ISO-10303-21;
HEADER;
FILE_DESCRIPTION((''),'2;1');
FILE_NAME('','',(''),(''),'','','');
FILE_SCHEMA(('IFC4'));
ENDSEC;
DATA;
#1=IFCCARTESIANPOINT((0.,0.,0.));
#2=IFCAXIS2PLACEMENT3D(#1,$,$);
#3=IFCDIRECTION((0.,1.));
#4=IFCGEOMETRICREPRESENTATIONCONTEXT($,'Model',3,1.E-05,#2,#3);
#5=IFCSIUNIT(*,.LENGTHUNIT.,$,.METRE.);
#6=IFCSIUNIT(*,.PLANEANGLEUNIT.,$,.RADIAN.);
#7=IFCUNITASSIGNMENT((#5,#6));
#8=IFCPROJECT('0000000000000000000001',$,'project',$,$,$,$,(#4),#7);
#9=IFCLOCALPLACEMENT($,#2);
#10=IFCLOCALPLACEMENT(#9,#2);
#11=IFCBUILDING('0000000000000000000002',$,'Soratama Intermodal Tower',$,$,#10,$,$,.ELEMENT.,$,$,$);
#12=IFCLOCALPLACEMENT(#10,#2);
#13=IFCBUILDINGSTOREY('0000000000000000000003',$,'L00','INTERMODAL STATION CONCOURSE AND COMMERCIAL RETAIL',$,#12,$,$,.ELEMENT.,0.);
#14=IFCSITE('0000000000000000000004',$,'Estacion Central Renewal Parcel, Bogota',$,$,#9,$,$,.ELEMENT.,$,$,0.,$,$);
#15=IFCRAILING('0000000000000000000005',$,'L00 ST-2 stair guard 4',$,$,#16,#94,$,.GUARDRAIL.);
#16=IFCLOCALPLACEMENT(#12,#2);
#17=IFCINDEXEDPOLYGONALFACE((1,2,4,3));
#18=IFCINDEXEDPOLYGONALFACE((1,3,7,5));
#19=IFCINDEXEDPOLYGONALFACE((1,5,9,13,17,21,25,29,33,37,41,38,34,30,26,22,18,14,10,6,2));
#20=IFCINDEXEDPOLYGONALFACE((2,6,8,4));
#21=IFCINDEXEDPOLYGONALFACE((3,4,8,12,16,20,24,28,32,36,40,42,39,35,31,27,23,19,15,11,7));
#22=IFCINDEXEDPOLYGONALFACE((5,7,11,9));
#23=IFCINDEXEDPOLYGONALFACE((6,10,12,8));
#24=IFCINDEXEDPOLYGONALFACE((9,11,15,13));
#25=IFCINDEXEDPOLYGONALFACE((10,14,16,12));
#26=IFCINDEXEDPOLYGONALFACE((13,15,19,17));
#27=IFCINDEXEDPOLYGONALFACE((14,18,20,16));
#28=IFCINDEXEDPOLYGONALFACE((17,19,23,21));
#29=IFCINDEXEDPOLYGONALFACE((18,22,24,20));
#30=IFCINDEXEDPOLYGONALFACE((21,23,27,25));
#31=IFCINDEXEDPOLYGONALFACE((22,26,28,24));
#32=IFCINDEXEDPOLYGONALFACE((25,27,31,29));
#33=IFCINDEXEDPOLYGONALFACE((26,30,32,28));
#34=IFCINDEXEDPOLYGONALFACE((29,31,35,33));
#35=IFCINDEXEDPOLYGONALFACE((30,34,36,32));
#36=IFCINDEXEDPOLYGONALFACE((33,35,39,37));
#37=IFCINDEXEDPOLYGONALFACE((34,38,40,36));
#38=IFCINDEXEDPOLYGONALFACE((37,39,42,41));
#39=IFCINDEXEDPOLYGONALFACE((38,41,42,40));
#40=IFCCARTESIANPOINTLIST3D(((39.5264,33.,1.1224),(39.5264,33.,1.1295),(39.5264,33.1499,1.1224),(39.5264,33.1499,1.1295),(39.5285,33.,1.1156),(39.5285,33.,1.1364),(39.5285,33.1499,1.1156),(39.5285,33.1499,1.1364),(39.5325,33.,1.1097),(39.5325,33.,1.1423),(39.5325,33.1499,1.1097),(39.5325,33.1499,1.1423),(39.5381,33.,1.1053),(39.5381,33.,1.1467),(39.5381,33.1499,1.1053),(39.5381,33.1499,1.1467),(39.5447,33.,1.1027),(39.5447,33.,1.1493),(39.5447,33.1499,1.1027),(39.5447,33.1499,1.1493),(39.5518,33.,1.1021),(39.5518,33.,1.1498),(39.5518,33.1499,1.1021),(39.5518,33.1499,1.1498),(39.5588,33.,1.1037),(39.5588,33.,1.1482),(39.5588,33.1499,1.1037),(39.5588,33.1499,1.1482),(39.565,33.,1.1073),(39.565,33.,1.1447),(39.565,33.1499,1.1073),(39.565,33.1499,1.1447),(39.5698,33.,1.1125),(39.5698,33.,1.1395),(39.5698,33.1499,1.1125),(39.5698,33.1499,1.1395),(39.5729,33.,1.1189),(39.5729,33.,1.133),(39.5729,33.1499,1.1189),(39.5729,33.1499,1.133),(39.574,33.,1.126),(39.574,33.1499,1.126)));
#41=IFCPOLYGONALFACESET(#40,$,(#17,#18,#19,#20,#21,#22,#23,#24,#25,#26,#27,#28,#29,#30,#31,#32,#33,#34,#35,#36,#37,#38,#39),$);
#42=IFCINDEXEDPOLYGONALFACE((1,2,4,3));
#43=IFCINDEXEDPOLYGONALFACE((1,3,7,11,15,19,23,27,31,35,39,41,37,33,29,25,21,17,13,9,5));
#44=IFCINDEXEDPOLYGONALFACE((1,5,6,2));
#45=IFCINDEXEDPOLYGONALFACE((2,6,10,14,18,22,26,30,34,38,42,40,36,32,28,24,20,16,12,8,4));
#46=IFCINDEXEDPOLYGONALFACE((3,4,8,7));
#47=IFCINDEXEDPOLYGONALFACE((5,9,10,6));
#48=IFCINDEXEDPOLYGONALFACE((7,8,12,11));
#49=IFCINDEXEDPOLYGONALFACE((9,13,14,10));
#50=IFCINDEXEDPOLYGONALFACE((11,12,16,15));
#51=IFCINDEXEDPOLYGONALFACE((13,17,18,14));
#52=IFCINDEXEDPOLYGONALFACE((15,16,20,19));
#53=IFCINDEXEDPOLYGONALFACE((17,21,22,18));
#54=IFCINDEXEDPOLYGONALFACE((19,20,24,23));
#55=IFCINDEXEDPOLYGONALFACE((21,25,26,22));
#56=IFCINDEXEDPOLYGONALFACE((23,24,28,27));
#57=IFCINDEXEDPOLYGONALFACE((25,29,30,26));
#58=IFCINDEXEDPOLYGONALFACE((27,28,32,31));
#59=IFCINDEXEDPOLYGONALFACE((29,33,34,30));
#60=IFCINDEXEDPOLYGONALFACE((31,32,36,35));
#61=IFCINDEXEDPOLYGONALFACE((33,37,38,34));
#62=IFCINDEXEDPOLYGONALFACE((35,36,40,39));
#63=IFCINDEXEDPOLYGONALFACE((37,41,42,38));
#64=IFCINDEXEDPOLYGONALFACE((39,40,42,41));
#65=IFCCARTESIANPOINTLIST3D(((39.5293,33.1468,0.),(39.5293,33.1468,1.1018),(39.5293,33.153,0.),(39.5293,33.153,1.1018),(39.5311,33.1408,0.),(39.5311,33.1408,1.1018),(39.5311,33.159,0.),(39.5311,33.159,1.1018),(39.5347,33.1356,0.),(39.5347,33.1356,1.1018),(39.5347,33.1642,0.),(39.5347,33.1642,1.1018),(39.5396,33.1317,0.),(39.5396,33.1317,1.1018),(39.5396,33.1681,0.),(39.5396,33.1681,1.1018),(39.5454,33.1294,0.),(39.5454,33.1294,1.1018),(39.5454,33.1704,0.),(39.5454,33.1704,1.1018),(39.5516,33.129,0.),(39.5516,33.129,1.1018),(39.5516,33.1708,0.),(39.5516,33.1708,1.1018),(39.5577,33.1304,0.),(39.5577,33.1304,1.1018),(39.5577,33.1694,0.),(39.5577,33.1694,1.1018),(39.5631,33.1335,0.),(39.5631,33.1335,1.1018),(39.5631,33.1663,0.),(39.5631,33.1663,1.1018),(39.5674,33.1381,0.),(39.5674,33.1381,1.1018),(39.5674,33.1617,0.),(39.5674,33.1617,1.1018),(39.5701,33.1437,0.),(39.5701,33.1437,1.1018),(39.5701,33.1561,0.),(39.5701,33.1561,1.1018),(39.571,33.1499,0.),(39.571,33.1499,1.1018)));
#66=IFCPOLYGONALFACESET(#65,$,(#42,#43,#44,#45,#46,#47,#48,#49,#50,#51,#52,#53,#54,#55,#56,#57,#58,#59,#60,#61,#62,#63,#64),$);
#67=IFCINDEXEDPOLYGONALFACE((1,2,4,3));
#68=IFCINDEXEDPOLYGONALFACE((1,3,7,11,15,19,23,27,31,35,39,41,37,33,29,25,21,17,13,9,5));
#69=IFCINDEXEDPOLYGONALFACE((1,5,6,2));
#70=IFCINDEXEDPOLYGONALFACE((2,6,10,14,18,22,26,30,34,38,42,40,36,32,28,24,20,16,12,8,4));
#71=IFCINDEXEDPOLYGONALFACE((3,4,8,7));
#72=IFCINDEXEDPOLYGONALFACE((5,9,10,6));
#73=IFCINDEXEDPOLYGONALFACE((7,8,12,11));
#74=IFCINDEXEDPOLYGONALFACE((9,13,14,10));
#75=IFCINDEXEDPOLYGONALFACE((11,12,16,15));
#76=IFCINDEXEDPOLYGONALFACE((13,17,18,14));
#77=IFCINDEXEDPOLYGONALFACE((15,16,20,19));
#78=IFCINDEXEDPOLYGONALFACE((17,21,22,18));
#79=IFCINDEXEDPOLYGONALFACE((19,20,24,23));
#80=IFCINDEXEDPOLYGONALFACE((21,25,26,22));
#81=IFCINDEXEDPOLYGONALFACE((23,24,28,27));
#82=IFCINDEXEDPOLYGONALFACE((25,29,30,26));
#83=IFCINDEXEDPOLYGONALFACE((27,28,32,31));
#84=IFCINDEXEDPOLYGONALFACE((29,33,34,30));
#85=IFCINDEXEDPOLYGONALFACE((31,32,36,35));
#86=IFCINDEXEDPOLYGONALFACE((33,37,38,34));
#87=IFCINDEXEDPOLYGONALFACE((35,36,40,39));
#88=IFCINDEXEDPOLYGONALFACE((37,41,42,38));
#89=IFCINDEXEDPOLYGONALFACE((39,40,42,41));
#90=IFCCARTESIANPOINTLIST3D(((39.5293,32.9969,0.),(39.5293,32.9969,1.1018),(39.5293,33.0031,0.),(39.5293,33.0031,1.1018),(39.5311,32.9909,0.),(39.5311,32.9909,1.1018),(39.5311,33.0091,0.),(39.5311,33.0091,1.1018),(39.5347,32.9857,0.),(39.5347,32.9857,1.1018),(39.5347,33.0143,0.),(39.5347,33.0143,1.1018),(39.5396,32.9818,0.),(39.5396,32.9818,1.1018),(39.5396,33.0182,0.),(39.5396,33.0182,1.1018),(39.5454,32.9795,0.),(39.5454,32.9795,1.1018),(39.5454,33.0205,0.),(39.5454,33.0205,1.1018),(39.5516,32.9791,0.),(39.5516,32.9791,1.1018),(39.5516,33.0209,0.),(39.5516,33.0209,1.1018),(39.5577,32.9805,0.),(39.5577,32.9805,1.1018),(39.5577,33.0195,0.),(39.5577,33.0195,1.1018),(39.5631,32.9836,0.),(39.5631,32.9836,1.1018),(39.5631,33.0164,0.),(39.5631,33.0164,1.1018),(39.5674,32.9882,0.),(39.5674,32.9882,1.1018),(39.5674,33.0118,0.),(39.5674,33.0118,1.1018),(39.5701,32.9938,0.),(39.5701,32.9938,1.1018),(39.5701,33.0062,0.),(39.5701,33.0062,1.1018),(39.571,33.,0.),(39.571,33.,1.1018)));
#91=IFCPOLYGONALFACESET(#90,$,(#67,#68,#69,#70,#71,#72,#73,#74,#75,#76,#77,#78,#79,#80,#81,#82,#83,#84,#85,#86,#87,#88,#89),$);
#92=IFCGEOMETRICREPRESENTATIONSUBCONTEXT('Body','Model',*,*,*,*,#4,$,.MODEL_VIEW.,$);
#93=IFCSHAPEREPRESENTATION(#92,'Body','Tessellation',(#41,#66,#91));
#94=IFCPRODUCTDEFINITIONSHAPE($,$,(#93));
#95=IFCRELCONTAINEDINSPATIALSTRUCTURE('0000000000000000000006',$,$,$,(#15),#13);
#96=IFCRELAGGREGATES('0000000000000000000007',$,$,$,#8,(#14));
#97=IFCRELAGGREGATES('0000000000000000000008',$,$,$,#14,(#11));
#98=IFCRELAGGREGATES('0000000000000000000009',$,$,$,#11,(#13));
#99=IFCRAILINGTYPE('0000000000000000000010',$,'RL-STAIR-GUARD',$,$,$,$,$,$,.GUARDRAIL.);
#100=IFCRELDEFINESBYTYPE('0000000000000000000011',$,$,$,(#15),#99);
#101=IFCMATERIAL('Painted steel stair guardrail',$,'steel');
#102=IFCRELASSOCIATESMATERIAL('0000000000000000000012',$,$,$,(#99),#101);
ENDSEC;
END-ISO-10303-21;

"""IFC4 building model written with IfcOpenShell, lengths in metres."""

from ifc_helpers import new_model, si_unit, direction, frame, origin, origin_2d, place, context, subcontext, project, spatial, circle, extrude, material, type_object, element, save


model = new_model("IFC4")

# Units and contexts
model_context = context("Model", 3, precision=1e-05, world=origin(), true_north=direction((0.0, 1.0)))
body_context = subcontext(model_context, "Body", "Model", "MODEL_VIEW")
ifc_project = project(units=[si_unit("LENGTHUNIT", "METRE"), si_unit("PLANEANGLEUNIT", "RADIAN")], contexts=[model_context])

# Site, building, storey
site_placement = place(None, origin())
site = spatial("IfcSite", under=ifc_project, at=site_placement, Name="Estacion Central Renewal Parcel, Bogota", CompositionType="ELEMENT", RefElevation=0.0)
building_placement = place(site_placement, origin())
building = spatial("IfcBuilding", under=site, at=building_placement, Name="Soratama Intermodal Tower", CompositionType="ELEMENT")
storey_placement = place(building_placement, origin())
storey = spatial("IfcBuildingStorey", under=building, at=storey_placement, Name="L00", Description="INTERMODAL STATION CONCOURSE AND COMMERCIAL RETAIL", CompositionType="ELEMENT", Elevation=0.0)

# Railing
ifc_material_1 = material(Name="Painted steel stair guardrail", Category="steel")
railing_type_1 = type_object("IfcRailingType", Name="RL-STAIR-GUARD", PredefinedType="GUARDRAIL", material=ifc_material_1)
railing_1_placement = place(storey_placement, frame((39.55, 33.1499, 0.0)))
element("IfcRailing", 1, at=railing_1_placement, inside=storey, type_object=railing_type_1, Name="L00 ST-2 stair guard 4", PredefinedType="GUARDRAIL", context=body_context, shape_type="SweptSolid", body=[
    extrude(circle(Radius=0.0239, at=origin_2d()), frame((0.0, 0.0, 1.126), z_axis=(0.0, -1.0, 0.0), x_axis=(1.0, 0.0, 0.0)), (0.0, 0.0, 1.0), 0.1499),
    extrude(circle(Radius=0.021, at=origin_2d()), origin(), (0.0, 0.0, 1.0), 1.1018),
    extrude(circle(Radius=0.021, at=origin_2d()), frame((0.0, -0.1499, 0.0)), (0.0, 0.0, 1.0), 1.1018),
])

save(model, "model.ifc")
